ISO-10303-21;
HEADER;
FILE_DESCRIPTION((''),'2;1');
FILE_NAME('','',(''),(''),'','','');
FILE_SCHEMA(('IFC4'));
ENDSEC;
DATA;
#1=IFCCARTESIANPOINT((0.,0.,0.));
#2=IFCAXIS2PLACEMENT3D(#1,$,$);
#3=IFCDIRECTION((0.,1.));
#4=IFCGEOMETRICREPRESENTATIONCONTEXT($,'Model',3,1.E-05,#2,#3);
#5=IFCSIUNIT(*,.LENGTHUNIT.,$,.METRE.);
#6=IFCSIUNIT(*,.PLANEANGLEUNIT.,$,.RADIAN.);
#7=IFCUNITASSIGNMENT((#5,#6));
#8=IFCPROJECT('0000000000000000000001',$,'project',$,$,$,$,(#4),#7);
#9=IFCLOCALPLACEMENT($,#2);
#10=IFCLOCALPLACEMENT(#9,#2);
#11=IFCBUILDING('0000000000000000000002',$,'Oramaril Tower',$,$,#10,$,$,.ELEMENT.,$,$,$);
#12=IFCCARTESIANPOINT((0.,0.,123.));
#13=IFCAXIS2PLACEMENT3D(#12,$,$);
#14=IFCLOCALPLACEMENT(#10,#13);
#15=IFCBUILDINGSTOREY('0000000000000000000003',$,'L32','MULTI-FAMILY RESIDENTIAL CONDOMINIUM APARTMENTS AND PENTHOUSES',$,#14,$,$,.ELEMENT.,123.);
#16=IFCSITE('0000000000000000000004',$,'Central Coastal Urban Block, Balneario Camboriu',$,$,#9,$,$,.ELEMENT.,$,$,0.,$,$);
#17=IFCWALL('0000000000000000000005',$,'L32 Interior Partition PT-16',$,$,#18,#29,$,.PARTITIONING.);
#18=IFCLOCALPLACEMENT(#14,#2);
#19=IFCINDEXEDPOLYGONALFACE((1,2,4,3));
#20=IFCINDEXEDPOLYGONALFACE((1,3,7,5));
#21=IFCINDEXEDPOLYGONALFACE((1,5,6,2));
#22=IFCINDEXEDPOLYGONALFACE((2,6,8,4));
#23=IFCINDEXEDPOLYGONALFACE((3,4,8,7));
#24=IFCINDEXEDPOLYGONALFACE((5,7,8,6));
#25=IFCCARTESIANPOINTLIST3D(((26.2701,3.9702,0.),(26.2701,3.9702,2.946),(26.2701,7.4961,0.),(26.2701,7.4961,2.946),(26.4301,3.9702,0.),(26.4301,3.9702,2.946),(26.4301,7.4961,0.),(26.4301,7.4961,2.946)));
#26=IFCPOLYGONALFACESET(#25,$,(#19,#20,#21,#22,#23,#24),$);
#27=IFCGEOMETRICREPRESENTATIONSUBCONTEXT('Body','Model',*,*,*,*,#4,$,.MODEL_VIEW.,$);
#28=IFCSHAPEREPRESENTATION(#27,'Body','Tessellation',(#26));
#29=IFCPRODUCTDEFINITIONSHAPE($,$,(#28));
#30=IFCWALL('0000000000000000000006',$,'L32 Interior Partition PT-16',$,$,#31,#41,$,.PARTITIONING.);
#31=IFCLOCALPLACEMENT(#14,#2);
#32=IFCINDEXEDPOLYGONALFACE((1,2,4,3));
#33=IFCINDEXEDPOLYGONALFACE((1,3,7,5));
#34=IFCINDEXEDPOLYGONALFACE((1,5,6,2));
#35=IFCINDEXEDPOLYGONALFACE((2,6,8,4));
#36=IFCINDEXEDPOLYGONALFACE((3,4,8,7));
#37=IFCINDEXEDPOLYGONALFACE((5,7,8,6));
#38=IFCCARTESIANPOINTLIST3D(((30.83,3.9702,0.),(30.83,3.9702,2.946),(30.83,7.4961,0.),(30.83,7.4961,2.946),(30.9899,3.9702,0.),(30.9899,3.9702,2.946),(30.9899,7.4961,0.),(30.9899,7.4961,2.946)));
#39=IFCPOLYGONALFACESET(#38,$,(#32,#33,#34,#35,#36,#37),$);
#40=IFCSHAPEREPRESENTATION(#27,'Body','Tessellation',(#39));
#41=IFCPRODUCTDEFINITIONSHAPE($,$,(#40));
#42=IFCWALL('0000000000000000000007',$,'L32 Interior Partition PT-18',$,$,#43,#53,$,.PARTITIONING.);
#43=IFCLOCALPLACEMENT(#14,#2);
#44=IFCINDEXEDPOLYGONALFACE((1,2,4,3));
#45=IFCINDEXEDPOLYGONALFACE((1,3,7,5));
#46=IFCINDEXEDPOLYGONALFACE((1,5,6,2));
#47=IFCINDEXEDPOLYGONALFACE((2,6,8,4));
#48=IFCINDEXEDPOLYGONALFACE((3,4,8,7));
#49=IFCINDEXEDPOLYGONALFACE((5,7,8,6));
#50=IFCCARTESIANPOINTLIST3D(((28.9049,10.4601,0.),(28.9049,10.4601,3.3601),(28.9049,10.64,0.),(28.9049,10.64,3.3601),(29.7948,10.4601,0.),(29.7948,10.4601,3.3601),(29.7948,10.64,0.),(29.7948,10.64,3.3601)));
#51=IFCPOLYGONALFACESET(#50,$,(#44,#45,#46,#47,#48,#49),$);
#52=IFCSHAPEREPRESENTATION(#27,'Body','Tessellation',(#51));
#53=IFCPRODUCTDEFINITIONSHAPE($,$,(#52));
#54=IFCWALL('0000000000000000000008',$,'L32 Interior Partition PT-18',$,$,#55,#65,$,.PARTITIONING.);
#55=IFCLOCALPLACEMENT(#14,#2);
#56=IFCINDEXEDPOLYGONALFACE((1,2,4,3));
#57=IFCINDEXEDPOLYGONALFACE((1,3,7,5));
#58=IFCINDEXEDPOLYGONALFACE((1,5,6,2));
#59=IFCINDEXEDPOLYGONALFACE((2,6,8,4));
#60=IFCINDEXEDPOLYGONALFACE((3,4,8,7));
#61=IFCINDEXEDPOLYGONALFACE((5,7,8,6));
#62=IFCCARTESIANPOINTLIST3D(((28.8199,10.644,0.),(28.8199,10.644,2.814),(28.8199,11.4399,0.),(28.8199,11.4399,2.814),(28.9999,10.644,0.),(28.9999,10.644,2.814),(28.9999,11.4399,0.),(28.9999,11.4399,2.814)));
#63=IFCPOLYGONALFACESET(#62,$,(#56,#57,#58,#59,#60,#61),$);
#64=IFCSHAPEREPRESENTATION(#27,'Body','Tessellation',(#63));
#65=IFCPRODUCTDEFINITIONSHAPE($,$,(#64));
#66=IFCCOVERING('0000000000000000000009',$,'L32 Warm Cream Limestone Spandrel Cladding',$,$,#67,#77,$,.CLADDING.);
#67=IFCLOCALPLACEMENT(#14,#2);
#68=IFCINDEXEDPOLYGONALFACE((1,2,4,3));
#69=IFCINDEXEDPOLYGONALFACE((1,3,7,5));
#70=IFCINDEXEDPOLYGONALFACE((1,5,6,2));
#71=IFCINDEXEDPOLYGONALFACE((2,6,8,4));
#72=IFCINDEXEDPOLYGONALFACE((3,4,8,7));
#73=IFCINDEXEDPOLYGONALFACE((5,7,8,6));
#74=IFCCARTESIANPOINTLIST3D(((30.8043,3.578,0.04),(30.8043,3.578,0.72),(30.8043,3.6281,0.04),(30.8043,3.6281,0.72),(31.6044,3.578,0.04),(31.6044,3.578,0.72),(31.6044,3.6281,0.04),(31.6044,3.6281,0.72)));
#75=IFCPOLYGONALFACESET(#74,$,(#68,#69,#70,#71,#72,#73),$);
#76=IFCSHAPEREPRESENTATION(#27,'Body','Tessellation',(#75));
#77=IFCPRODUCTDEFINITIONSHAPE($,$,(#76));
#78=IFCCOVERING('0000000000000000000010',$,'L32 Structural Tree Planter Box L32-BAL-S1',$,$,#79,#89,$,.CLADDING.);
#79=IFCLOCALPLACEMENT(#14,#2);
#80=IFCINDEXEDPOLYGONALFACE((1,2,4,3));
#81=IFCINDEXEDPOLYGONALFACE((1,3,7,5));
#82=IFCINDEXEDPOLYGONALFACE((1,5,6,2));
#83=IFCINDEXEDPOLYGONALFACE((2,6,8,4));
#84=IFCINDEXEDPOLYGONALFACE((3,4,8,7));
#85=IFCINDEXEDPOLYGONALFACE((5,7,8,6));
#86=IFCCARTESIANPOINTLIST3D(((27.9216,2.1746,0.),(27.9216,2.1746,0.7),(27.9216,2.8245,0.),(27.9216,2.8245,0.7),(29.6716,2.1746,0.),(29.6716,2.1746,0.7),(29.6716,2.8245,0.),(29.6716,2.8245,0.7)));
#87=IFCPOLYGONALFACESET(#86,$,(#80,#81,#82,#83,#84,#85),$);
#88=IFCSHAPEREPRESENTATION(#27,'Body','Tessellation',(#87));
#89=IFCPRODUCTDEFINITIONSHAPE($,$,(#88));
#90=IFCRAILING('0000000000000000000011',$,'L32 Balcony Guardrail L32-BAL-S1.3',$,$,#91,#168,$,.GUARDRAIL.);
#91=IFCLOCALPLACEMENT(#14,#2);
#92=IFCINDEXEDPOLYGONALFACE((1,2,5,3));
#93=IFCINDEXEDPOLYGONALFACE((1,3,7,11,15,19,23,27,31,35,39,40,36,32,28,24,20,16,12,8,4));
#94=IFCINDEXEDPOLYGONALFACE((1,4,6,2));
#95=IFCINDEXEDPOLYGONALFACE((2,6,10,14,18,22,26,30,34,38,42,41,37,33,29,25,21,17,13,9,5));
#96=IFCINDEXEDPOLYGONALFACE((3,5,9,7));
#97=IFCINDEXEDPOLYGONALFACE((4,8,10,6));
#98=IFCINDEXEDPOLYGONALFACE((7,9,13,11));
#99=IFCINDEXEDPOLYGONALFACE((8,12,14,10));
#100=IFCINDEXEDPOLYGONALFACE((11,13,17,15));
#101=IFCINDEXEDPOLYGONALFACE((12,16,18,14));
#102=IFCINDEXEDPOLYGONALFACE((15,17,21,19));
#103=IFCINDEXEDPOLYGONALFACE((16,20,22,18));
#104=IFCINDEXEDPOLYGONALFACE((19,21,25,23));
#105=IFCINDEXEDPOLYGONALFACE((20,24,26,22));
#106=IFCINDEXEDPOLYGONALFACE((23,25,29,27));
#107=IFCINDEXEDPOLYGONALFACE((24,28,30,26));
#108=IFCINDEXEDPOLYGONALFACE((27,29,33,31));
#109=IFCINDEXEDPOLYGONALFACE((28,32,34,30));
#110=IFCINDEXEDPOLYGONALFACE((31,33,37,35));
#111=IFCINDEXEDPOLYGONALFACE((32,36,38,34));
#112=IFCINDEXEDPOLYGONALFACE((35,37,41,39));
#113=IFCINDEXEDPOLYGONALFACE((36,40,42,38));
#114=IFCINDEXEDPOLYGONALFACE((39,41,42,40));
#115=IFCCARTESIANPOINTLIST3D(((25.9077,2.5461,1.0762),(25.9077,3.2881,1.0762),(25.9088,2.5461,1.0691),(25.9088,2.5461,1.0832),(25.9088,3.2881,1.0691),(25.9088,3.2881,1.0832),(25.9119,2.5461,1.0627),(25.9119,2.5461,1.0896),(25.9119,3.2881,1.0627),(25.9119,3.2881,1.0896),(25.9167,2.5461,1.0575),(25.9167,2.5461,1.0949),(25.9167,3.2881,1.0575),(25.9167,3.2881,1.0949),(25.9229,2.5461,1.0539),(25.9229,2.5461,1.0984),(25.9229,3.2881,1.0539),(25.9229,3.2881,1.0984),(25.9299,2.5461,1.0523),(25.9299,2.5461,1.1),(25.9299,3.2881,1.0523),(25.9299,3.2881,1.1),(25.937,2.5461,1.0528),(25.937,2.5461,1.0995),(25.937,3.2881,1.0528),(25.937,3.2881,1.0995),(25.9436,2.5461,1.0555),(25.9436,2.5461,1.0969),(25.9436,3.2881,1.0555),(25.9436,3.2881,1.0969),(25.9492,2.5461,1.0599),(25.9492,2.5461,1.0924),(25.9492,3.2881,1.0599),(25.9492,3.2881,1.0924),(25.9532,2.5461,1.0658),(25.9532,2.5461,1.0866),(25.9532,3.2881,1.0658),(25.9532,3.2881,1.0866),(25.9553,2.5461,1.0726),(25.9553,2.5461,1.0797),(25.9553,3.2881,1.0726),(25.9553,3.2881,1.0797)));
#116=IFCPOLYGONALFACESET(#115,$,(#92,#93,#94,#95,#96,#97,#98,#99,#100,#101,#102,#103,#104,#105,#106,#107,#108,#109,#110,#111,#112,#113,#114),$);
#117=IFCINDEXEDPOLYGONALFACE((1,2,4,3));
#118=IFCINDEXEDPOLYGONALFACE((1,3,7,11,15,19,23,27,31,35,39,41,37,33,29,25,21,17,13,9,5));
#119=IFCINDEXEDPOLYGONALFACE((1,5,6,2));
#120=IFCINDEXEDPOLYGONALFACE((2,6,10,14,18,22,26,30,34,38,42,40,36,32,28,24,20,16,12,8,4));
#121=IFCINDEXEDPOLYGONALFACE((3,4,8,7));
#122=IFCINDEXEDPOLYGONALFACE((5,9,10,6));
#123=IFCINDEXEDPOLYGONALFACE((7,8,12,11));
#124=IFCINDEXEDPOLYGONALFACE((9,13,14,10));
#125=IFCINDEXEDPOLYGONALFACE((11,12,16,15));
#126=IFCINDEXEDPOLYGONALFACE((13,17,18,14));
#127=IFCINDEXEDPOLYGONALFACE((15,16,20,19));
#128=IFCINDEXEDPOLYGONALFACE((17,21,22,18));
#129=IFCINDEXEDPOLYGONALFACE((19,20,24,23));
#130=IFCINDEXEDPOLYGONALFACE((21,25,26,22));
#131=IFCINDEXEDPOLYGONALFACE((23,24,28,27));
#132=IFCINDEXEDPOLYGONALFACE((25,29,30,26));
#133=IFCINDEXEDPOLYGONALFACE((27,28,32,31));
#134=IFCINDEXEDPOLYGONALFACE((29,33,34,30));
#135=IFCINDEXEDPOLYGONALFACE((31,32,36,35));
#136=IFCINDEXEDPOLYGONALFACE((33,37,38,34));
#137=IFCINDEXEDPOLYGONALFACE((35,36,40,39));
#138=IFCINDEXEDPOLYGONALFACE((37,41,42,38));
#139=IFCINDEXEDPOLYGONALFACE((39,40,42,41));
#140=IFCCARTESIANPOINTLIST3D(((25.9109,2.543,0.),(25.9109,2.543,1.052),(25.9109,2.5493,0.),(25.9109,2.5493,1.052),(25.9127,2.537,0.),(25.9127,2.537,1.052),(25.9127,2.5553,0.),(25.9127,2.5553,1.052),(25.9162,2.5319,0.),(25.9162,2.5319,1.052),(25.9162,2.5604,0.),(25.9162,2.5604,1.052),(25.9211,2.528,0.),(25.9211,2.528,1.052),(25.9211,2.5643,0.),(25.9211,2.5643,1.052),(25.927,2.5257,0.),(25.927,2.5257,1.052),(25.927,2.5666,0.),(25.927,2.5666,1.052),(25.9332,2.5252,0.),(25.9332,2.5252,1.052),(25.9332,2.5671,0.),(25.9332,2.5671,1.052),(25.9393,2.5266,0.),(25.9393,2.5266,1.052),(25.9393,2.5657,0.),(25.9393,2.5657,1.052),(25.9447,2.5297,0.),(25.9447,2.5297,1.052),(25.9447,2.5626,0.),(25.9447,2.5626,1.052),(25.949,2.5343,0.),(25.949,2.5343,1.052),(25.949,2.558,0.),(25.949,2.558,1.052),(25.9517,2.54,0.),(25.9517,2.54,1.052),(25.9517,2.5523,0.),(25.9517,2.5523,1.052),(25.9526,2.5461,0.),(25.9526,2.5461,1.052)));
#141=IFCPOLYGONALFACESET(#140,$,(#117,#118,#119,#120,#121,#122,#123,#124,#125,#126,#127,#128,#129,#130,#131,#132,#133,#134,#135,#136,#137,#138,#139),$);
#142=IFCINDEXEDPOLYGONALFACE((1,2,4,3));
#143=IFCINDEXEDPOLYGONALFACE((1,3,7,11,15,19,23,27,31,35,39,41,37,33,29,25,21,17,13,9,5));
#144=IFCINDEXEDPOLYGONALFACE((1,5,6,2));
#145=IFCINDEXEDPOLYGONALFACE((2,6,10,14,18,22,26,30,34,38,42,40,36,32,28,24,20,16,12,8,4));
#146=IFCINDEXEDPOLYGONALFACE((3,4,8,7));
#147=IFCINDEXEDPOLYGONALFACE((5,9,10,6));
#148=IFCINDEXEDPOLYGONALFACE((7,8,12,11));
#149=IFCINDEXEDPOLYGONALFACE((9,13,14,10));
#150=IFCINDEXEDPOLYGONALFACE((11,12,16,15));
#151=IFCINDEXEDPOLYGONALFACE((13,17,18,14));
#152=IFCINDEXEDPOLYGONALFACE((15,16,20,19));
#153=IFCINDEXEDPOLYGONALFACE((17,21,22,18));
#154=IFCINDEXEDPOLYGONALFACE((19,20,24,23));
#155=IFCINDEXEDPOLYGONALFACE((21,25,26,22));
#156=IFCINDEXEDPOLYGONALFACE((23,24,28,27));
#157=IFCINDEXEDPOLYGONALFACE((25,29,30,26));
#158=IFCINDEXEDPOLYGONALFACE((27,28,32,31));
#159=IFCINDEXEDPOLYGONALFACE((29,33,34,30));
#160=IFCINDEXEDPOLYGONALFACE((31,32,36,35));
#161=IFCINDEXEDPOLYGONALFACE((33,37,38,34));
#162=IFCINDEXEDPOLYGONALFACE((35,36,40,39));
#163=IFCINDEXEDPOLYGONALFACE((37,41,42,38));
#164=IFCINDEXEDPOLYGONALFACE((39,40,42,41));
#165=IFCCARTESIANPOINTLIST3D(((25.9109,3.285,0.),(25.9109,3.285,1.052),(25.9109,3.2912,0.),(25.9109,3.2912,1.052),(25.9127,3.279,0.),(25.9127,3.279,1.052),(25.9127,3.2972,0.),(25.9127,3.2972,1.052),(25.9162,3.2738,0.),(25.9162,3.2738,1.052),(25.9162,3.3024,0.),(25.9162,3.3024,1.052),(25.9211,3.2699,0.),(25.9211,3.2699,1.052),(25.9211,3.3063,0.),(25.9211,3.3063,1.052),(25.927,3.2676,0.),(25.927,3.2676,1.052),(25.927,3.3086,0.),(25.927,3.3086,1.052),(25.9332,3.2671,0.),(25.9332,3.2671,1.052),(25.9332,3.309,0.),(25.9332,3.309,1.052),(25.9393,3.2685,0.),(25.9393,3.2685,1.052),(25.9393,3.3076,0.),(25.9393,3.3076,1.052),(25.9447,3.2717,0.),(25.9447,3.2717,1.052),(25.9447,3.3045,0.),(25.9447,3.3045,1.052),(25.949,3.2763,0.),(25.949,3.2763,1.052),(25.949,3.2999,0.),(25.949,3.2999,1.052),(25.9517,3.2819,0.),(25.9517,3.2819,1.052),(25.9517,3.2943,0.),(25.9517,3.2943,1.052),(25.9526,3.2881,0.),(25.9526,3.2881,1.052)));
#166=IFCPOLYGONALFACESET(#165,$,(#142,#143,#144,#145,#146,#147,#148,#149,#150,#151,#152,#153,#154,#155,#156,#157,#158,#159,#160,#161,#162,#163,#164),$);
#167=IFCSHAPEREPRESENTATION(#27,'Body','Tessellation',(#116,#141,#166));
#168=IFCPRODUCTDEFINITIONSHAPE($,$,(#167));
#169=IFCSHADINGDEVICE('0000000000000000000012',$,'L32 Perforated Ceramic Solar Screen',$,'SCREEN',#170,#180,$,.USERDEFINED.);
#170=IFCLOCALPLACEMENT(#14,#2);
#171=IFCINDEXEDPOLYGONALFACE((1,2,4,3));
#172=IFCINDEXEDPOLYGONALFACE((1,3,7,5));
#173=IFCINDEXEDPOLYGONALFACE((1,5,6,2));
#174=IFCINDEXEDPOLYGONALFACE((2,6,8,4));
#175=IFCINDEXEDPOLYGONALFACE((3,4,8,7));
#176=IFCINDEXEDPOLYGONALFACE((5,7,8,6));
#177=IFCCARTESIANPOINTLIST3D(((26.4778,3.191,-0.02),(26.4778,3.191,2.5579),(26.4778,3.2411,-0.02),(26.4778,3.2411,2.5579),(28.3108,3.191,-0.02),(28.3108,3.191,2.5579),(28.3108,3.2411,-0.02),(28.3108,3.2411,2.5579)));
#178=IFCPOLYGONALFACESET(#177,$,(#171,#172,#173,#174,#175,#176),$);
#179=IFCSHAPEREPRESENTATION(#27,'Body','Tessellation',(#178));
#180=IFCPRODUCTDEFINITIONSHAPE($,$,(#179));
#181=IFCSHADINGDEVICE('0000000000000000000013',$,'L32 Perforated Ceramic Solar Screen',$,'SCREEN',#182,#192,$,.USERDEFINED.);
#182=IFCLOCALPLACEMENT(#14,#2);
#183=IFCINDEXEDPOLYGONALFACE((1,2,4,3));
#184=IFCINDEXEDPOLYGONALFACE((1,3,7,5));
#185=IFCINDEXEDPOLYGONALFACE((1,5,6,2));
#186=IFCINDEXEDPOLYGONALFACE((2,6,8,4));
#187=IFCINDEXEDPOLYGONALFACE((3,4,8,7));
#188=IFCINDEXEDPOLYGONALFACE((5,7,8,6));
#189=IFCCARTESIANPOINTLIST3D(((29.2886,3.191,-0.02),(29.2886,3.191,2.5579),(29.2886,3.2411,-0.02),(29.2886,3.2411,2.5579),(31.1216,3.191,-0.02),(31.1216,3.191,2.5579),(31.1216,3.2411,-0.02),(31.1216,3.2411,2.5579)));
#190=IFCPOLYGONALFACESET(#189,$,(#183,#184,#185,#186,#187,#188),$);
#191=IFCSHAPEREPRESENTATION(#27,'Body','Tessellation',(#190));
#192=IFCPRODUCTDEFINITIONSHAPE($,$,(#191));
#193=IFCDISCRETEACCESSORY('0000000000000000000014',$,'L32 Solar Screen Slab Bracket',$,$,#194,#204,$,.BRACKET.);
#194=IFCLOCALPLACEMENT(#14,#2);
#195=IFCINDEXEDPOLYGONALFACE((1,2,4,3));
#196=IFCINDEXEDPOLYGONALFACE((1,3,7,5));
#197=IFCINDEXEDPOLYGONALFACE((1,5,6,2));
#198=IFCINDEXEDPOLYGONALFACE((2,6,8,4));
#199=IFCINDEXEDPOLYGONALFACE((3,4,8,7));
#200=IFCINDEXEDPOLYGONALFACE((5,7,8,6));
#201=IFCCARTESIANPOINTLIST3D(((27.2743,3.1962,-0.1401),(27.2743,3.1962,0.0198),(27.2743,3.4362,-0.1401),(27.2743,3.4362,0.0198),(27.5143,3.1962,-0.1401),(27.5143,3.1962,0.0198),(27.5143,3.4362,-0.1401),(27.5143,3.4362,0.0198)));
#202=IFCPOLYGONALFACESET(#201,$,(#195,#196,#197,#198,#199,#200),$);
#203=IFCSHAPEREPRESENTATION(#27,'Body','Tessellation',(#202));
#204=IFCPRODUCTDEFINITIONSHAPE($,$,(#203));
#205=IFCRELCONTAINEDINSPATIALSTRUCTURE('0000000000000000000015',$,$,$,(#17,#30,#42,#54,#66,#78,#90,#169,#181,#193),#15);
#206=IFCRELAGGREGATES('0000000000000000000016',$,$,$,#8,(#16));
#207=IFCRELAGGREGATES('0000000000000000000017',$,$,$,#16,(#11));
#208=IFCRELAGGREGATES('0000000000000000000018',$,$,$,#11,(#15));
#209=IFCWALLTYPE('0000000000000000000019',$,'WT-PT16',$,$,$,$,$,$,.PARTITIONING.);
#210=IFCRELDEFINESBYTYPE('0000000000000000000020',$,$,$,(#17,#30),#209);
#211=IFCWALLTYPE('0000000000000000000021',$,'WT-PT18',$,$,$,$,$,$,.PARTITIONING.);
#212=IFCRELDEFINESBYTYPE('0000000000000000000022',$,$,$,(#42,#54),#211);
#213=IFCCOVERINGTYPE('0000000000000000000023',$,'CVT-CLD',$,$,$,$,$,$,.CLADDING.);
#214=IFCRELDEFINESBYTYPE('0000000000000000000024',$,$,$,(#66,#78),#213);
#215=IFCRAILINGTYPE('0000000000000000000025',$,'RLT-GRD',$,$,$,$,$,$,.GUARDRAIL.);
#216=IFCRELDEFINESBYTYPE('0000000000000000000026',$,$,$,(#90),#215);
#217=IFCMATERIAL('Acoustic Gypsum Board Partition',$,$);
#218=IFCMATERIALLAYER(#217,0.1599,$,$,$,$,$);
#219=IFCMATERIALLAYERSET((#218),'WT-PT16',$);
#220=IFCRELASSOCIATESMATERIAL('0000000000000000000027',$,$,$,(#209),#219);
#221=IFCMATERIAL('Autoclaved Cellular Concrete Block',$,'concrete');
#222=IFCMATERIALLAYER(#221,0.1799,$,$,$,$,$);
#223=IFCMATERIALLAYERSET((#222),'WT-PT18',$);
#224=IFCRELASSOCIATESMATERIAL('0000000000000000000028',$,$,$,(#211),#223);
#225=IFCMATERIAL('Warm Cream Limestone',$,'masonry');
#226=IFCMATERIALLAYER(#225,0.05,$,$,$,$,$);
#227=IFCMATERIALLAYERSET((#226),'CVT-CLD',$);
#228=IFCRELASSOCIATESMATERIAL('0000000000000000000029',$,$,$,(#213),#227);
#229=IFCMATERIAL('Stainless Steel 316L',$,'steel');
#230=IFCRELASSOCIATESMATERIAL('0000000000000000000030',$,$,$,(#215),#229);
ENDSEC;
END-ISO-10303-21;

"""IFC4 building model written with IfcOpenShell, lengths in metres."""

from ifc_helpers import new_model, si_unit, direction, frame, frame_2d, origin, origin_2d, place, context, subcontext, project, spatial, rectangle, circle, extrude, material, layer, layer_set, type_object, element, save


model = new_model("IFC4")

# Units and contexts
model_context = context("Model", 3, precision=1e-05, world=origin(), true_north=direction((0.0, 1.0)))
body_context = subcontext(model_context, "Body", "Model", "MODEL_VIEW")
ifc_project = project(units=[si_unit("LENGTHUNIT", "METRE"), si_unit("PLANEANGLEUNIT", "RADIAN")], contexts=[model_context])

# Site, building, storey
site_placement = place(None, origin())
site = spatial("IfcSite", under=ifc_project, at=site_placement, Name="Central Coastal Urban Block, Balneario Camboriu", CompositionType="ELEMENT", RefElevation=0.0)
building_placement = place(site_placement, origin())
building = spatial("IfcBuilding", under=site, at=building_placement, Name="Oramaril Tower", CompositionType="ELEMENT")
storey_placement = place(building_placement, frame((0.0, 0.0, 123.0)))
storey = spatial("IfcBuildingStorey", under=building, at=storey_placement, Name="L32", Description="MULTI-FAMILY RESIDENTIAL CONDOMINIUM APARTMENTS AND PENTHOUSES", CompositionType="ELEMENT", Elevation=123.0)

# Walls
ifc_material_1 = material(Name="Acoustic Gypsum Board Partition")
ifc_layer_1 = layer(ifc_material_1, 0.1599)
ifc_layer_set_1 = layer_set([ifc_layer_1], Name="WT-PT16")
wall_type_1 = type_object("IfcWallType", Name="WT-PT16", PredefinedType="PARTITIONING", material=ifc_layer_set_1)
for number, where, z_axis, x_axis, name in (
    (1, (26.3501, 3.9702, 0.0), (0.0, 0.0, 1.0), (0.0, 1.0, 0.0), "L32 Interior Partition PT-16"),
    (2, (30.9099, 3.9702, 0.0), (0.0, 0.0, 1.0), (0.0, 1.0, 0.0), "L32 Interior Partition PT-16"),
):
    element("IfcWall", number, at=place(storey_placement, frame(where, z_axis=z_axis, x_axis=x_axis)), inside=storey, type_object=wall_type_1, Name=name, PredefinedType="PARTITIONING", context=body_context, shape_type="SweptSolid", body=[
        extrude(rectangle(XDim=3.5259, YDim=0.1599, at=frame_2d((1.7629, 0.0))), origin(), (0.0, 0.0, 1.0), 2.946),
    ])
ifc_material_2 = material(Name="Autoclaved Cellular Concrete Block", Category="concrete")
ifc_layer_2 = layer(ifc_material_2, 0.1799)
ifc_layer_set_2 = layer_set([ifc_layer_2], Name="WT-PT18")
wall_type_2 = type_object("IfcWallType", Name="WT-PT18", PredefinedType="PARTITIONING", material=ifc_layer_set_2)
wall_1_placement = place(storey_placement, frame((28.905, 10.55, 0.0), z_axis=(0.0, 0.0, 1.0), x_axis=(1.0, 0.0, 0.0)))
element("IfcWall", 3, at=wall_1_placement, inside=storey, type_object=wall_type_2, Name="L32 Interior Partition PT-18", PredefinedType="PARTITIONING", context=body_context, shape_type="SweptSolid", body=[
    extrude(rectangle(XDim=0.8899, YDim=0.1799, at=frame_2d((0.4448, 0.0))), origin(), (0.0, 0.0, 1.0), 3.3601),
])
wall_2_placement = place(storey_placement, frame((28.9099, 10.644, 0.0), z_axis=(0.0, 0.0, 1.0), x_axis=(0.0, 1.0, 0.0)))
element("IfcWall", 4, at=wall_2_placement, inside=storey, type_object=wall_type_2, Name="L32 Interior Partition PT-18", PredefinedType="PARTITIONING", context=body_context, shape_type="SweptSolid", body=[
    extrude(rectangle(XDim=0.7959, YDim=0.1799, at=frame_2d((0.3979, 0.0))), origin(), (0.0, 0.0, 1.0), 2.814),
])

# Coverings
ifc_material_3 = material(Name="Warm Cream Limestone", Category="masonry")
ifc_layer_3 = layer(ifc_material_3, 0.05)
ifc_layer_set_3 = layer_set([ifc_layer_3], Name="CVT-CLD")
covering_type = type_object("IfcCoveringType", Name="CVT-CLD", PredefinedType="CLADDING", material=ifc_layer_set_3)
covering_1_placement = place(storey_placement, frame((31.2043, 3.603, 0.04), z_axis=(0.0, 0.0, 1.0), x_axis=(1.0, 0.0, 0.0)))
element("IfcCovering", 5, at=covering_1_placement, inside=storey, type_object=covering_type, Name="L32 Warm Cream Limestone Spandrel Cladding", PredefinedType="CLADDING", context=body_context, shape_type="SweptSolid", body=[
    extrude(rectangle(XDim=0.8, YDim=0.05, at=origin_2d()), origin(), (0.0, 0.0, 1.0), 0.6799),
])
covering_2_placement = place(storey_placement, frame((28.7966, 2.4995, 0.0), z_axis=(0.0, 0.0, 1.0), x_axis=(1.0, 0.0, 0.0)))
element("IfcCovering", 6, at=covering_2_placement, inside=storey, type_object=covering_type, Name="L32 Structural Tree Planter Box L32-BAL-S1", PredefinedType="CLADDING", context=body_context, shape_type="SweptSolid", body=[
    extrude(rectangle(XDim=1.75, YDim=0.6499, at=origin_2d()), origin(), (0.0, 0.0, 1.0), 0.7),
])

# Railing
ifc_material_4 = material(Name="Stainless Steel 316L", Category="steel")
railing_type = type_object("IfcRailingType", Name="RLT-GRD", PredefinedType="GUARDRAIL", material=ifc_material_4)
railing_placement = place(storey_placement, frame((25.9316, 2.5461, 0.0)))
element("IfcRailing", 7, at=railing_placement, inside=storey, type_object=railing_type, Name="L32 Balcony Guardrail L32-BAL-S1.3", PredefinedType="GUARDRAIL", context=body_context, shape_type="SweptSolid", body=[
    extrude(circle(Radius=0.0239, at=origin_2d()), frame((0.0, 0.0, 1.0762), z_axis=(0.0, 1.0, 0.0), x_axis=(-1.0, 0.0, 0.0)), (0.0, 0.0, 1.0), 0.7419),
    extrude(circle(Radius=0.021, at=origin_2d()), origin(), (0.0, 0.0, 1.0), 1.052),
    extrude(circle(Radius=0.021, at=origin_2d()), frame((0.0, 0.7419, 0.0)), (0.0, 0.0, 1.0), 1.052),
])

# Shading devices
for number, where, z_axis, x_axis, name in (
    (8, (27.3943, 3.2161, -0.02), (0.0, 0.0, 1.0), (1.0, 0.0, 0.0), "L32 Perforated Ceramic Solar Screen"),
    (9, (30.2051, 3.2161, -0.02), (0.0, 0.0, 1.0), (1.0, 0.0, 0.0), "L32 Perforated Ceramic Solar Screen"),
):
    element("IfcShadingDevice", number, at=place(storey_placement, frame(where, z_axis=z_axis, x_axis=x_axis)), inside=storey, Name=name, ObjectType="SCREEN", PredefinedType="USERDEFINED", context=body_context, shape_type="SweptSolid", body=[
        extrude(rectangle(XDim=1.833, YDim=0.05, at=origin_2d()), origin(), (0.0, 0.0, 1.0), 2.5779),
    ])

# Discrete accessory
for number, where, z_axis, x_axis, name in (
    (10, (27.3943, 3.3162, -0.1401), (0.0, 0.0, 1.0), (1.0, 0.0, 0.0), "L32 Solar Screen Slab Bracket"),
):
    element("IfcDiscreteAccessory", number, at=place(storey_placement, frame(where, z_axis=z_axis, x_axis=x_axis)), inside=storey, Name=name, PredefinedType="BRACKET", context=body_context, shape_type="SweptSolid", body=[
        extrude(rectangle(XDim=0.24, YDim=0.24, at=origin_2d()), origin(), (0.0, 0.0, 1.0), 0.1599),
    ])

save(model, "model.ifc")
